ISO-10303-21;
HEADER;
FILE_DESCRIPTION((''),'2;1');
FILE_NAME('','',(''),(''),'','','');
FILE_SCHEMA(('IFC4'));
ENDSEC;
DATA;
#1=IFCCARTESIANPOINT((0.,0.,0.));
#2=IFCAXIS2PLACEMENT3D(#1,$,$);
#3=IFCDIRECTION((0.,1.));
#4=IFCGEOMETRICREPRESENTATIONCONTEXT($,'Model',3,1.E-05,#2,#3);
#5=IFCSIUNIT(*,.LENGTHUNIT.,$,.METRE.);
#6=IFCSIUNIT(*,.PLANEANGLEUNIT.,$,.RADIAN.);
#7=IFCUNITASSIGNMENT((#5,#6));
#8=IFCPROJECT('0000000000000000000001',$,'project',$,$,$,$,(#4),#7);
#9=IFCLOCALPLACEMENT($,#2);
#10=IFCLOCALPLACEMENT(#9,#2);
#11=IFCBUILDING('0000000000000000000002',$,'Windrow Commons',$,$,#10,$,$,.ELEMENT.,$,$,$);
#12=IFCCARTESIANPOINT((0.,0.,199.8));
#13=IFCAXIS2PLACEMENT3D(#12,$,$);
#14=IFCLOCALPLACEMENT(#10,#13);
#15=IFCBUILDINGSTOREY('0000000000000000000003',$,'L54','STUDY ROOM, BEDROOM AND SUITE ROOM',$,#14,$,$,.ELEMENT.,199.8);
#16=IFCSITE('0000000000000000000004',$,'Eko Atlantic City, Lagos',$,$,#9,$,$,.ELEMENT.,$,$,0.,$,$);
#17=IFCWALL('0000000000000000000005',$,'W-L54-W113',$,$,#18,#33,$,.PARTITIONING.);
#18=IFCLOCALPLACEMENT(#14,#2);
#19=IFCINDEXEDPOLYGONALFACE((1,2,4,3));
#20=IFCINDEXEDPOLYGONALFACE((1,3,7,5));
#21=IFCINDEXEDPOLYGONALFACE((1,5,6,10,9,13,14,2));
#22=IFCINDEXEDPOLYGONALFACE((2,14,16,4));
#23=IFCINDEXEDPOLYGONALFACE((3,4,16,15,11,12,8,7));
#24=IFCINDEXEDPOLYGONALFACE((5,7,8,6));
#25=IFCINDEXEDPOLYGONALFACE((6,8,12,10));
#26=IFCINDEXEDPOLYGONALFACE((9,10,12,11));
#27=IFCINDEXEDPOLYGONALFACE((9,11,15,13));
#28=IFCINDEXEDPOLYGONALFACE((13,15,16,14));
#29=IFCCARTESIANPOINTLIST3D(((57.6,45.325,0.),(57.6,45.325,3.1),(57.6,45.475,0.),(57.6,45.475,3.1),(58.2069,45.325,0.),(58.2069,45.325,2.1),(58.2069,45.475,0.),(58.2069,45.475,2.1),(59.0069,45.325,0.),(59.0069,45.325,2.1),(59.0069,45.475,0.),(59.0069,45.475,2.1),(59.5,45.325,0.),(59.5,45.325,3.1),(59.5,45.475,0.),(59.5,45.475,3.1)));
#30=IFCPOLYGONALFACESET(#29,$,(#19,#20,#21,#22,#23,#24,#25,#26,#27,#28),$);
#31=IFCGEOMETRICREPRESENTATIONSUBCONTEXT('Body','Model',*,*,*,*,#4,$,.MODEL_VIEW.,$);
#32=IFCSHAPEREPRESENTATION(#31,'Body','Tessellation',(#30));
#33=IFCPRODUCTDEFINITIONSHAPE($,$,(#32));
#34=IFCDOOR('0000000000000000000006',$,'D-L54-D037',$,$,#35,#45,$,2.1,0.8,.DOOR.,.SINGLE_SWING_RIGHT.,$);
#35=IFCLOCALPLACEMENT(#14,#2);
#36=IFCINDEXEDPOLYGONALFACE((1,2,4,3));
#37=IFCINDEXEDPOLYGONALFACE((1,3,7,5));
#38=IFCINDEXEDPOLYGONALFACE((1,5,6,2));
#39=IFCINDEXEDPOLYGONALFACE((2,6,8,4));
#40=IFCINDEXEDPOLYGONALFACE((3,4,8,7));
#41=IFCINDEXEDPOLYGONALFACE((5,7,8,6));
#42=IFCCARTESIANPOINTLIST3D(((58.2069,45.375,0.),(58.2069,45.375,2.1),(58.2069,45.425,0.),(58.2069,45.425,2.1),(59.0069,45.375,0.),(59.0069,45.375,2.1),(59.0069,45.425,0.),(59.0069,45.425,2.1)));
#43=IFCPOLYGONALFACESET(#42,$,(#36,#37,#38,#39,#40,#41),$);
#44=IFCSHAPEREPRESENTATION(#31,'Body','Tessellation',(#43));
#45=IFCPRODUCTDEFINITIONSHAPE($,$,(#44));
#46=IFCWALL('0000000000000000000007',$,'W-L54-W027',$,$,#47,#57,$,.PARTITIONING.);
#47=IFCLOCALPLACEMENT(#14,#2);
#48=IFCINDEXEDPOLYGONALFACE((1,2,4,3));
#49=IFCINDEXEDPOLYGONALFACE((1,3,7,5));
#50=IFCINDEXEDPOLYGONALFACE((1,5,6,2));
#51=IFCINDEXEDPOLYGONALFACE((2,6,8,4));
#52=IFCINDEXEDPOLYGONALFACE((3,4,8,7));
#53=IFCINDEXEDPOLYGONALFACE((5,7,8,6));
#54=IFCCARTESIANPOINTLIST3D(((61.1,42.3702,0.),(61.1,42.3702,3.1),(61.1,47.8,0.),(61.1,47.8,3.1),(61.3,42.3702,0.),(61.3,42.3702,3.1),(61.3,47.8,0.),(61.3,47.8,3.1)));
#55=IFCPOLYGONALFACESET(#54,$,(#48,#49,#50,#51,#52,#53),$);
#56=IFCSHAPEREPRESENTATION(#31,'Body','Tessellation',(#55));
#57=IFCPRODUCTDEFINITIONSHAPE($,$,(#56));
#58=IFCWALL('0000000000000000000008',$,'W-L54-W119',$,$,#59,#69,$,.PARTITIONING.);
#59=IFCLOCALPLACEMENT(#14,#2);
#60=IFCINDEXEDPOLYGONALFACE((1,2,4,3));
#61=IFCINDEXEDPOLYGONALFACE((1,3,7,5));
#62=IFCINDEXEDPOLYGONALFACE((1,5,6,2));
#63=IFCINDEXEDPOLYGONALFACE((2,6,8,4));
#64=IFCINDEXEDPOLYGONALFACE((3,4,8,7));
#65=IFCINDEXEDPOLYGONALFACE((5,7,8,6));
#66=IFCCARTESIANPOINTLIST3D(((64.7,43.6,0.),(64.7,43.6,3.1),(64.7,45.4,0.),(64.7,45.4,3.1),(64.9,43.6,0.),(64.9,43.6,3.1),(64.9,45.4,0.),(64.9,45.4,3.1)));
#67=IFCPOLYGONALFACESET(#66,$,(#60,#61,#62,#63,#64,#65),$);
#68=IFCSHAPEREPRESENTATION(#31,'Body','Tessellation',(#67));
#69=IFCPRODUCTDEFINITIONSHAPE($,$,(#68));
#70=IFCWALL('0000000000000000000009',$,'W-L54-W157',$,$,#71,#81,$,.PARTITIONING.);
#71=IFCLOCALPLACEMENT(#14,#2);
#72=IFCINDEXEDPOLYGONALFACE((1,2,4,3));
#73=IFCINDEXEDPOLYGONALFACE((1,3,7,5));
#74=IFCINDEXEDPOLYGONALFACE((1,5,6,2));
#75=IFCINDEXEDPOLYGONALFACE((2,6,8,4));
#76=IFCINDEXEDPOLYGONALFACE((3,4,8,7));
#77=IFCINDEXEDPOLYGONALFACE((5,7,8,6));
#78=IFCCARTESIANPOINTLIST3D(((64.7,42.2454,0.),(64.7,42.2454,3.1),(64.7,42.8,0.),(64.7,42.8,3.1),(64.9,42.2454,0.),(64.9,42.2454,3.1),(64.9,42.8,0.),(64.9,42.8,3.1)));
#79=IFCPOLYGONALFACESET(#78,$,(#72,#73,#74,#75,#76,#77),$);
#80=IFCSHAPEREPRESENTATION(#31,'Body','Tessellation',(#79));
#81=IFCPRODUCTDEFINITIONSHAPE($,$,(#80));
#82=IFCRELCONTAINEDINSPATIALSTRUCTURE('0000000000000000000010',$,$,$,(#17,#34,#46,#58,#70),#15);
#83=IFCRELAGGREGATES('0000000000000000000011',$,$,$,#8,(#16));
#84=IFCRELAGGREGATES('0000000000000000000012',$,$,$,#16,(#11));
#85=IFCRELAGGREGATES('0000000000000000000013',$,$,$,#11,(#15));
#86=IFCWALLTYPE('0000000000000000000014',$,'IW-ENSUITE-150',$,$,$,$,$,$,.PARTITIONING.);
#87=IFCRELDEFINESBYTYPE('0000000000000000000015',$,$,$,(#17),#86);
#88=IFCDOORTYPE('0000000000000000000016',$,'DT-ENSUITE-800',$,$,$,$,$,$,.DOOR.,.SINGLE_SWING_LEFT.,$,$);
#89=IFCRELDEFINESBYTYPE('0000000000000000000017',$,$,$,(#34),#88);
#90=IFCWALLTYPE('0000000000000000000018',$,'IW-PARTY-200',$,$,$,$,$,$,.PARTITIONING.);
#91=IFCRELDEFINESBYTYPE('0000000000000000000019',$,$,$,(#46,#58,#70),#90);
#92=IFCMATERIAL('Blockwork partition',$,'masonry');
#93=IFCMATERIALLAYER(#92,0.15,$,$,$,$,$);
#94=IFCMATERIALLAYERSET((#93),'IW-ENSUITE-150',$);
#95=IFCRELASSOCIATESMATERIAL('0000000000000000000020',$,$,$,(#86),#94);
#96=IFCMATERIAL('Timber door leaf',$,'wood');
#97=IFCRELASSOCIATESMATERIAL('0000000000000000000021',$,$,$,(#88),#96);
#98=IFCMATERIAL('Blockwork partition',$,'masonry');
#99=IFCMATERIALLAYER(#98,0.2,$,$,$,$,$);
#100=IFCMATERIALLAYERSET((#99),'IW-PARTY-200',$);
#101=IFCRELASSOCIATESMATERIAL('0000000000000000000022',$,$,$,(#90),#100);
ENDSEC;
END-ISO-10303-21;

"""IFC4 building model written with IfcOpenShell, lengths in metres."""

from ifc_helpers import new_model, si_unit, direction, frame, frame_2d, origin, place, context, subcontext, project, spatial, rectangle, extrude, material, layer, layer_set, type_object, element, fill, save


model = new_model("IFC4")

# Units and contexts
model_context = context("Model", 3, precision=1e-05, world=origin(), true_north=direction((0.0, 1.0)))
body_context = subcontext(model_context, "Body", "Model", "MODEL_VIEW")
ifc_project = project(units=[si_unit("LENGTHUNIT", "METRE"), si_unit("PLANEANGLEUNIT", "RADIAN")], contexts=[model_context])

# Site, building, storey
site_placement = place(None, origin())
site = spatial("IfcSite", under=ifc_project, at=site_placement, Name="Eko Atlantic City, Lagos", CompositionType="ELEMENT", RefElevation=0.0)
building_placement = place(site_placement, origin())
building = spatial("IfcBuilding", under=site, at=building_placement, Name="Windrow Commons", CompositionType="ELEMENT")
storey_placement = place(building_placement, frame((0.0, 0.0, 199.8)))
storey = spatial("IfcBuildingStorey", under=building, at=storey_placement, Name="L54", Description="STUDY ROOM, BEDROOM AND SUITE ROOM", CompositionType="ELEMENT", Elevation=199.8)

# Shared definitions
ifc_material_1 = material(Name="Blockwork partition", Category="masonry")
ifc_layer_1 = layer(ifc_material_1, 0.15)
ifc_layer_set_1 = layer_set([ifc_layer_1], Name="IW-ENSUITE-150")
wall_type_1 = type_object("IfcWallType", Name="IW-ENSUITE-150", PredefinedType="PARTITIONING", material=ifc_layer_set_1)
ifc_material_2 = material(Name="Timber door leaf", Category="wood")
door_type = type_object("IfcDoorType", Name="DT-ENSUITE-800", OperationType="SINGLE_SWING_LEFT", PredefinedType="DOOR", material=ifc_material_2)

# Wall, opening, door
wall_1_placement = place(storey_placement, frame((57.6, 45.4, 0.0), z_axis=(0.0, 0.0, 1.0), x_axis=(1.0, 0.0, 0.0)))
wall_1 = element("IfcWall", 1, at=wall_1_placement, inside=storey, type_object=wall_type_1, Name="W-L54-W113", PredefinedType="PARTITIONING", context=body_context, shape_type="SweptSolid", body=[
    extrude(rectangle(XDim=1.9, YDim=0.15, at=frame_2d((0.95, 0.0))), origin(), (0.0, 0.0, 1.0), 3.1),
])
opening_1_placement = place(wall_1_placement, frame((0.6069, 0.0, 0.0)))
opening_1 = element("IfcOpeningElement", 2, at=opening_1_placement, cuts=wall_1, PredefinedType="OPENING", context=body_context, shape_type="SweptSolid", body=[
    extrude(rectangle(XDim=0.8, YDim=2.1, at=frame_2d((0.4, 1.05))), frame((0.0, 0.085, 0.0), z_axis=(0.0, -1.0, 0.0), x_axis=(1.0, 0.0, 0.0)), (0.0, 0.0, 1.0), 0.17),
])
door_1_placement = place(opening_1_placement, origin())
door_1 = element("IfcDoor", 3, at=door_1_placement, inside=storey, type_object=door_type, Name="D-L54-D037", OperationType="SINGLE_SWING_RIGHT", OverallHeight=2.1, OverallWidth=0.8, PredefinedType="DOOR", context=body_context, shape_type="SweptSolid", body=[
    extrude(rectangle(XDim=0.8, YDim=2.1, at=frame_2d((0.4, 1.05))), frame((0.0, 0.025, 0.0), z_axis=(0.0, -1.0, 0.0), x_axis=(1.0, 0.0, 0.0)), (0.0, 0.0, 1.0), 0.05),
])
fill(opening_1, door_1)

# Walls
ifc_material_3 = material(Name="Blockwork partition", Category="masonry")
ifc_layer_2 = layer(ifc_material_3, 0.2)
ifc_layer_set_2 = layer_set([ifc_layer_2], Name="IW-PARTY-200")
wall_type_2 = type_object("IfcWallType", Name="IW-PARTY-200", PredefinedType="PARTITIONING", material=ifc_layer_set_2)
wall_2_placement = place(storey_placement, frame((61.2, 42.3702, 0.0), z_axis=(0.0, 0.0, 1.0), x_axis=(0.0, 1.0, 0.0)))
element("IfcWall", 4, at=wall_2_placement, inside=storey, type_object=wall_type_2, Name="W-L54-W027", PredefinedType="PARTITIONING", context=body_context, shape_type="SweptSolid", body=[
    extrude(rectangle(XDim=5.4298, YDim=0.2, at=frame_2d((2.7149, 0.0))), origin(), (0.0, 0.0, 1.0), 3.1),
])
wall_3_placement = place(storey_placement, frame((64.8, 43.6, 0.0), z_axis=(0.0, 0.0, 1.0), x_axis=(0.0, 1.0, 0.0)))
element("IfcWall", 5, at=wall_3_placement, inside=storey, type_object=wall_type_2, Name="W-L54-W119", PredefinedType="PARTITIONING", context=body_context, shape_type="SweptSolid", body=[
    extrude(rectangle(XDim=1.8, YDim=0.2, at=frame_2d((0.9, 0.0))), origin(), (0.0, 0.0, 1.0), 3.1),
])
wall_4_placement = place(storey_placement, frame((64.8, 42.2454, 0.0), z_axis=(0.0, 0.0, 1.0), x_axis=(0.0, 1.0, 0.0)))
element("IfcWall", 6, at=wall_4_placement, inside=storey, type_object=wall_type_2, Name="W-L54-W157", PredefinedType="PARTITIONING", context=body_context, shape_type="SweptSolid", body=[
    extrude(rectangle(XDim=0.5546, YDim=0.2, at=frame_2d((0.2773, 0.0))), origin(), (0.0, 0.0, 1.0), 3.1),
])

save(model, "model.ifc")
